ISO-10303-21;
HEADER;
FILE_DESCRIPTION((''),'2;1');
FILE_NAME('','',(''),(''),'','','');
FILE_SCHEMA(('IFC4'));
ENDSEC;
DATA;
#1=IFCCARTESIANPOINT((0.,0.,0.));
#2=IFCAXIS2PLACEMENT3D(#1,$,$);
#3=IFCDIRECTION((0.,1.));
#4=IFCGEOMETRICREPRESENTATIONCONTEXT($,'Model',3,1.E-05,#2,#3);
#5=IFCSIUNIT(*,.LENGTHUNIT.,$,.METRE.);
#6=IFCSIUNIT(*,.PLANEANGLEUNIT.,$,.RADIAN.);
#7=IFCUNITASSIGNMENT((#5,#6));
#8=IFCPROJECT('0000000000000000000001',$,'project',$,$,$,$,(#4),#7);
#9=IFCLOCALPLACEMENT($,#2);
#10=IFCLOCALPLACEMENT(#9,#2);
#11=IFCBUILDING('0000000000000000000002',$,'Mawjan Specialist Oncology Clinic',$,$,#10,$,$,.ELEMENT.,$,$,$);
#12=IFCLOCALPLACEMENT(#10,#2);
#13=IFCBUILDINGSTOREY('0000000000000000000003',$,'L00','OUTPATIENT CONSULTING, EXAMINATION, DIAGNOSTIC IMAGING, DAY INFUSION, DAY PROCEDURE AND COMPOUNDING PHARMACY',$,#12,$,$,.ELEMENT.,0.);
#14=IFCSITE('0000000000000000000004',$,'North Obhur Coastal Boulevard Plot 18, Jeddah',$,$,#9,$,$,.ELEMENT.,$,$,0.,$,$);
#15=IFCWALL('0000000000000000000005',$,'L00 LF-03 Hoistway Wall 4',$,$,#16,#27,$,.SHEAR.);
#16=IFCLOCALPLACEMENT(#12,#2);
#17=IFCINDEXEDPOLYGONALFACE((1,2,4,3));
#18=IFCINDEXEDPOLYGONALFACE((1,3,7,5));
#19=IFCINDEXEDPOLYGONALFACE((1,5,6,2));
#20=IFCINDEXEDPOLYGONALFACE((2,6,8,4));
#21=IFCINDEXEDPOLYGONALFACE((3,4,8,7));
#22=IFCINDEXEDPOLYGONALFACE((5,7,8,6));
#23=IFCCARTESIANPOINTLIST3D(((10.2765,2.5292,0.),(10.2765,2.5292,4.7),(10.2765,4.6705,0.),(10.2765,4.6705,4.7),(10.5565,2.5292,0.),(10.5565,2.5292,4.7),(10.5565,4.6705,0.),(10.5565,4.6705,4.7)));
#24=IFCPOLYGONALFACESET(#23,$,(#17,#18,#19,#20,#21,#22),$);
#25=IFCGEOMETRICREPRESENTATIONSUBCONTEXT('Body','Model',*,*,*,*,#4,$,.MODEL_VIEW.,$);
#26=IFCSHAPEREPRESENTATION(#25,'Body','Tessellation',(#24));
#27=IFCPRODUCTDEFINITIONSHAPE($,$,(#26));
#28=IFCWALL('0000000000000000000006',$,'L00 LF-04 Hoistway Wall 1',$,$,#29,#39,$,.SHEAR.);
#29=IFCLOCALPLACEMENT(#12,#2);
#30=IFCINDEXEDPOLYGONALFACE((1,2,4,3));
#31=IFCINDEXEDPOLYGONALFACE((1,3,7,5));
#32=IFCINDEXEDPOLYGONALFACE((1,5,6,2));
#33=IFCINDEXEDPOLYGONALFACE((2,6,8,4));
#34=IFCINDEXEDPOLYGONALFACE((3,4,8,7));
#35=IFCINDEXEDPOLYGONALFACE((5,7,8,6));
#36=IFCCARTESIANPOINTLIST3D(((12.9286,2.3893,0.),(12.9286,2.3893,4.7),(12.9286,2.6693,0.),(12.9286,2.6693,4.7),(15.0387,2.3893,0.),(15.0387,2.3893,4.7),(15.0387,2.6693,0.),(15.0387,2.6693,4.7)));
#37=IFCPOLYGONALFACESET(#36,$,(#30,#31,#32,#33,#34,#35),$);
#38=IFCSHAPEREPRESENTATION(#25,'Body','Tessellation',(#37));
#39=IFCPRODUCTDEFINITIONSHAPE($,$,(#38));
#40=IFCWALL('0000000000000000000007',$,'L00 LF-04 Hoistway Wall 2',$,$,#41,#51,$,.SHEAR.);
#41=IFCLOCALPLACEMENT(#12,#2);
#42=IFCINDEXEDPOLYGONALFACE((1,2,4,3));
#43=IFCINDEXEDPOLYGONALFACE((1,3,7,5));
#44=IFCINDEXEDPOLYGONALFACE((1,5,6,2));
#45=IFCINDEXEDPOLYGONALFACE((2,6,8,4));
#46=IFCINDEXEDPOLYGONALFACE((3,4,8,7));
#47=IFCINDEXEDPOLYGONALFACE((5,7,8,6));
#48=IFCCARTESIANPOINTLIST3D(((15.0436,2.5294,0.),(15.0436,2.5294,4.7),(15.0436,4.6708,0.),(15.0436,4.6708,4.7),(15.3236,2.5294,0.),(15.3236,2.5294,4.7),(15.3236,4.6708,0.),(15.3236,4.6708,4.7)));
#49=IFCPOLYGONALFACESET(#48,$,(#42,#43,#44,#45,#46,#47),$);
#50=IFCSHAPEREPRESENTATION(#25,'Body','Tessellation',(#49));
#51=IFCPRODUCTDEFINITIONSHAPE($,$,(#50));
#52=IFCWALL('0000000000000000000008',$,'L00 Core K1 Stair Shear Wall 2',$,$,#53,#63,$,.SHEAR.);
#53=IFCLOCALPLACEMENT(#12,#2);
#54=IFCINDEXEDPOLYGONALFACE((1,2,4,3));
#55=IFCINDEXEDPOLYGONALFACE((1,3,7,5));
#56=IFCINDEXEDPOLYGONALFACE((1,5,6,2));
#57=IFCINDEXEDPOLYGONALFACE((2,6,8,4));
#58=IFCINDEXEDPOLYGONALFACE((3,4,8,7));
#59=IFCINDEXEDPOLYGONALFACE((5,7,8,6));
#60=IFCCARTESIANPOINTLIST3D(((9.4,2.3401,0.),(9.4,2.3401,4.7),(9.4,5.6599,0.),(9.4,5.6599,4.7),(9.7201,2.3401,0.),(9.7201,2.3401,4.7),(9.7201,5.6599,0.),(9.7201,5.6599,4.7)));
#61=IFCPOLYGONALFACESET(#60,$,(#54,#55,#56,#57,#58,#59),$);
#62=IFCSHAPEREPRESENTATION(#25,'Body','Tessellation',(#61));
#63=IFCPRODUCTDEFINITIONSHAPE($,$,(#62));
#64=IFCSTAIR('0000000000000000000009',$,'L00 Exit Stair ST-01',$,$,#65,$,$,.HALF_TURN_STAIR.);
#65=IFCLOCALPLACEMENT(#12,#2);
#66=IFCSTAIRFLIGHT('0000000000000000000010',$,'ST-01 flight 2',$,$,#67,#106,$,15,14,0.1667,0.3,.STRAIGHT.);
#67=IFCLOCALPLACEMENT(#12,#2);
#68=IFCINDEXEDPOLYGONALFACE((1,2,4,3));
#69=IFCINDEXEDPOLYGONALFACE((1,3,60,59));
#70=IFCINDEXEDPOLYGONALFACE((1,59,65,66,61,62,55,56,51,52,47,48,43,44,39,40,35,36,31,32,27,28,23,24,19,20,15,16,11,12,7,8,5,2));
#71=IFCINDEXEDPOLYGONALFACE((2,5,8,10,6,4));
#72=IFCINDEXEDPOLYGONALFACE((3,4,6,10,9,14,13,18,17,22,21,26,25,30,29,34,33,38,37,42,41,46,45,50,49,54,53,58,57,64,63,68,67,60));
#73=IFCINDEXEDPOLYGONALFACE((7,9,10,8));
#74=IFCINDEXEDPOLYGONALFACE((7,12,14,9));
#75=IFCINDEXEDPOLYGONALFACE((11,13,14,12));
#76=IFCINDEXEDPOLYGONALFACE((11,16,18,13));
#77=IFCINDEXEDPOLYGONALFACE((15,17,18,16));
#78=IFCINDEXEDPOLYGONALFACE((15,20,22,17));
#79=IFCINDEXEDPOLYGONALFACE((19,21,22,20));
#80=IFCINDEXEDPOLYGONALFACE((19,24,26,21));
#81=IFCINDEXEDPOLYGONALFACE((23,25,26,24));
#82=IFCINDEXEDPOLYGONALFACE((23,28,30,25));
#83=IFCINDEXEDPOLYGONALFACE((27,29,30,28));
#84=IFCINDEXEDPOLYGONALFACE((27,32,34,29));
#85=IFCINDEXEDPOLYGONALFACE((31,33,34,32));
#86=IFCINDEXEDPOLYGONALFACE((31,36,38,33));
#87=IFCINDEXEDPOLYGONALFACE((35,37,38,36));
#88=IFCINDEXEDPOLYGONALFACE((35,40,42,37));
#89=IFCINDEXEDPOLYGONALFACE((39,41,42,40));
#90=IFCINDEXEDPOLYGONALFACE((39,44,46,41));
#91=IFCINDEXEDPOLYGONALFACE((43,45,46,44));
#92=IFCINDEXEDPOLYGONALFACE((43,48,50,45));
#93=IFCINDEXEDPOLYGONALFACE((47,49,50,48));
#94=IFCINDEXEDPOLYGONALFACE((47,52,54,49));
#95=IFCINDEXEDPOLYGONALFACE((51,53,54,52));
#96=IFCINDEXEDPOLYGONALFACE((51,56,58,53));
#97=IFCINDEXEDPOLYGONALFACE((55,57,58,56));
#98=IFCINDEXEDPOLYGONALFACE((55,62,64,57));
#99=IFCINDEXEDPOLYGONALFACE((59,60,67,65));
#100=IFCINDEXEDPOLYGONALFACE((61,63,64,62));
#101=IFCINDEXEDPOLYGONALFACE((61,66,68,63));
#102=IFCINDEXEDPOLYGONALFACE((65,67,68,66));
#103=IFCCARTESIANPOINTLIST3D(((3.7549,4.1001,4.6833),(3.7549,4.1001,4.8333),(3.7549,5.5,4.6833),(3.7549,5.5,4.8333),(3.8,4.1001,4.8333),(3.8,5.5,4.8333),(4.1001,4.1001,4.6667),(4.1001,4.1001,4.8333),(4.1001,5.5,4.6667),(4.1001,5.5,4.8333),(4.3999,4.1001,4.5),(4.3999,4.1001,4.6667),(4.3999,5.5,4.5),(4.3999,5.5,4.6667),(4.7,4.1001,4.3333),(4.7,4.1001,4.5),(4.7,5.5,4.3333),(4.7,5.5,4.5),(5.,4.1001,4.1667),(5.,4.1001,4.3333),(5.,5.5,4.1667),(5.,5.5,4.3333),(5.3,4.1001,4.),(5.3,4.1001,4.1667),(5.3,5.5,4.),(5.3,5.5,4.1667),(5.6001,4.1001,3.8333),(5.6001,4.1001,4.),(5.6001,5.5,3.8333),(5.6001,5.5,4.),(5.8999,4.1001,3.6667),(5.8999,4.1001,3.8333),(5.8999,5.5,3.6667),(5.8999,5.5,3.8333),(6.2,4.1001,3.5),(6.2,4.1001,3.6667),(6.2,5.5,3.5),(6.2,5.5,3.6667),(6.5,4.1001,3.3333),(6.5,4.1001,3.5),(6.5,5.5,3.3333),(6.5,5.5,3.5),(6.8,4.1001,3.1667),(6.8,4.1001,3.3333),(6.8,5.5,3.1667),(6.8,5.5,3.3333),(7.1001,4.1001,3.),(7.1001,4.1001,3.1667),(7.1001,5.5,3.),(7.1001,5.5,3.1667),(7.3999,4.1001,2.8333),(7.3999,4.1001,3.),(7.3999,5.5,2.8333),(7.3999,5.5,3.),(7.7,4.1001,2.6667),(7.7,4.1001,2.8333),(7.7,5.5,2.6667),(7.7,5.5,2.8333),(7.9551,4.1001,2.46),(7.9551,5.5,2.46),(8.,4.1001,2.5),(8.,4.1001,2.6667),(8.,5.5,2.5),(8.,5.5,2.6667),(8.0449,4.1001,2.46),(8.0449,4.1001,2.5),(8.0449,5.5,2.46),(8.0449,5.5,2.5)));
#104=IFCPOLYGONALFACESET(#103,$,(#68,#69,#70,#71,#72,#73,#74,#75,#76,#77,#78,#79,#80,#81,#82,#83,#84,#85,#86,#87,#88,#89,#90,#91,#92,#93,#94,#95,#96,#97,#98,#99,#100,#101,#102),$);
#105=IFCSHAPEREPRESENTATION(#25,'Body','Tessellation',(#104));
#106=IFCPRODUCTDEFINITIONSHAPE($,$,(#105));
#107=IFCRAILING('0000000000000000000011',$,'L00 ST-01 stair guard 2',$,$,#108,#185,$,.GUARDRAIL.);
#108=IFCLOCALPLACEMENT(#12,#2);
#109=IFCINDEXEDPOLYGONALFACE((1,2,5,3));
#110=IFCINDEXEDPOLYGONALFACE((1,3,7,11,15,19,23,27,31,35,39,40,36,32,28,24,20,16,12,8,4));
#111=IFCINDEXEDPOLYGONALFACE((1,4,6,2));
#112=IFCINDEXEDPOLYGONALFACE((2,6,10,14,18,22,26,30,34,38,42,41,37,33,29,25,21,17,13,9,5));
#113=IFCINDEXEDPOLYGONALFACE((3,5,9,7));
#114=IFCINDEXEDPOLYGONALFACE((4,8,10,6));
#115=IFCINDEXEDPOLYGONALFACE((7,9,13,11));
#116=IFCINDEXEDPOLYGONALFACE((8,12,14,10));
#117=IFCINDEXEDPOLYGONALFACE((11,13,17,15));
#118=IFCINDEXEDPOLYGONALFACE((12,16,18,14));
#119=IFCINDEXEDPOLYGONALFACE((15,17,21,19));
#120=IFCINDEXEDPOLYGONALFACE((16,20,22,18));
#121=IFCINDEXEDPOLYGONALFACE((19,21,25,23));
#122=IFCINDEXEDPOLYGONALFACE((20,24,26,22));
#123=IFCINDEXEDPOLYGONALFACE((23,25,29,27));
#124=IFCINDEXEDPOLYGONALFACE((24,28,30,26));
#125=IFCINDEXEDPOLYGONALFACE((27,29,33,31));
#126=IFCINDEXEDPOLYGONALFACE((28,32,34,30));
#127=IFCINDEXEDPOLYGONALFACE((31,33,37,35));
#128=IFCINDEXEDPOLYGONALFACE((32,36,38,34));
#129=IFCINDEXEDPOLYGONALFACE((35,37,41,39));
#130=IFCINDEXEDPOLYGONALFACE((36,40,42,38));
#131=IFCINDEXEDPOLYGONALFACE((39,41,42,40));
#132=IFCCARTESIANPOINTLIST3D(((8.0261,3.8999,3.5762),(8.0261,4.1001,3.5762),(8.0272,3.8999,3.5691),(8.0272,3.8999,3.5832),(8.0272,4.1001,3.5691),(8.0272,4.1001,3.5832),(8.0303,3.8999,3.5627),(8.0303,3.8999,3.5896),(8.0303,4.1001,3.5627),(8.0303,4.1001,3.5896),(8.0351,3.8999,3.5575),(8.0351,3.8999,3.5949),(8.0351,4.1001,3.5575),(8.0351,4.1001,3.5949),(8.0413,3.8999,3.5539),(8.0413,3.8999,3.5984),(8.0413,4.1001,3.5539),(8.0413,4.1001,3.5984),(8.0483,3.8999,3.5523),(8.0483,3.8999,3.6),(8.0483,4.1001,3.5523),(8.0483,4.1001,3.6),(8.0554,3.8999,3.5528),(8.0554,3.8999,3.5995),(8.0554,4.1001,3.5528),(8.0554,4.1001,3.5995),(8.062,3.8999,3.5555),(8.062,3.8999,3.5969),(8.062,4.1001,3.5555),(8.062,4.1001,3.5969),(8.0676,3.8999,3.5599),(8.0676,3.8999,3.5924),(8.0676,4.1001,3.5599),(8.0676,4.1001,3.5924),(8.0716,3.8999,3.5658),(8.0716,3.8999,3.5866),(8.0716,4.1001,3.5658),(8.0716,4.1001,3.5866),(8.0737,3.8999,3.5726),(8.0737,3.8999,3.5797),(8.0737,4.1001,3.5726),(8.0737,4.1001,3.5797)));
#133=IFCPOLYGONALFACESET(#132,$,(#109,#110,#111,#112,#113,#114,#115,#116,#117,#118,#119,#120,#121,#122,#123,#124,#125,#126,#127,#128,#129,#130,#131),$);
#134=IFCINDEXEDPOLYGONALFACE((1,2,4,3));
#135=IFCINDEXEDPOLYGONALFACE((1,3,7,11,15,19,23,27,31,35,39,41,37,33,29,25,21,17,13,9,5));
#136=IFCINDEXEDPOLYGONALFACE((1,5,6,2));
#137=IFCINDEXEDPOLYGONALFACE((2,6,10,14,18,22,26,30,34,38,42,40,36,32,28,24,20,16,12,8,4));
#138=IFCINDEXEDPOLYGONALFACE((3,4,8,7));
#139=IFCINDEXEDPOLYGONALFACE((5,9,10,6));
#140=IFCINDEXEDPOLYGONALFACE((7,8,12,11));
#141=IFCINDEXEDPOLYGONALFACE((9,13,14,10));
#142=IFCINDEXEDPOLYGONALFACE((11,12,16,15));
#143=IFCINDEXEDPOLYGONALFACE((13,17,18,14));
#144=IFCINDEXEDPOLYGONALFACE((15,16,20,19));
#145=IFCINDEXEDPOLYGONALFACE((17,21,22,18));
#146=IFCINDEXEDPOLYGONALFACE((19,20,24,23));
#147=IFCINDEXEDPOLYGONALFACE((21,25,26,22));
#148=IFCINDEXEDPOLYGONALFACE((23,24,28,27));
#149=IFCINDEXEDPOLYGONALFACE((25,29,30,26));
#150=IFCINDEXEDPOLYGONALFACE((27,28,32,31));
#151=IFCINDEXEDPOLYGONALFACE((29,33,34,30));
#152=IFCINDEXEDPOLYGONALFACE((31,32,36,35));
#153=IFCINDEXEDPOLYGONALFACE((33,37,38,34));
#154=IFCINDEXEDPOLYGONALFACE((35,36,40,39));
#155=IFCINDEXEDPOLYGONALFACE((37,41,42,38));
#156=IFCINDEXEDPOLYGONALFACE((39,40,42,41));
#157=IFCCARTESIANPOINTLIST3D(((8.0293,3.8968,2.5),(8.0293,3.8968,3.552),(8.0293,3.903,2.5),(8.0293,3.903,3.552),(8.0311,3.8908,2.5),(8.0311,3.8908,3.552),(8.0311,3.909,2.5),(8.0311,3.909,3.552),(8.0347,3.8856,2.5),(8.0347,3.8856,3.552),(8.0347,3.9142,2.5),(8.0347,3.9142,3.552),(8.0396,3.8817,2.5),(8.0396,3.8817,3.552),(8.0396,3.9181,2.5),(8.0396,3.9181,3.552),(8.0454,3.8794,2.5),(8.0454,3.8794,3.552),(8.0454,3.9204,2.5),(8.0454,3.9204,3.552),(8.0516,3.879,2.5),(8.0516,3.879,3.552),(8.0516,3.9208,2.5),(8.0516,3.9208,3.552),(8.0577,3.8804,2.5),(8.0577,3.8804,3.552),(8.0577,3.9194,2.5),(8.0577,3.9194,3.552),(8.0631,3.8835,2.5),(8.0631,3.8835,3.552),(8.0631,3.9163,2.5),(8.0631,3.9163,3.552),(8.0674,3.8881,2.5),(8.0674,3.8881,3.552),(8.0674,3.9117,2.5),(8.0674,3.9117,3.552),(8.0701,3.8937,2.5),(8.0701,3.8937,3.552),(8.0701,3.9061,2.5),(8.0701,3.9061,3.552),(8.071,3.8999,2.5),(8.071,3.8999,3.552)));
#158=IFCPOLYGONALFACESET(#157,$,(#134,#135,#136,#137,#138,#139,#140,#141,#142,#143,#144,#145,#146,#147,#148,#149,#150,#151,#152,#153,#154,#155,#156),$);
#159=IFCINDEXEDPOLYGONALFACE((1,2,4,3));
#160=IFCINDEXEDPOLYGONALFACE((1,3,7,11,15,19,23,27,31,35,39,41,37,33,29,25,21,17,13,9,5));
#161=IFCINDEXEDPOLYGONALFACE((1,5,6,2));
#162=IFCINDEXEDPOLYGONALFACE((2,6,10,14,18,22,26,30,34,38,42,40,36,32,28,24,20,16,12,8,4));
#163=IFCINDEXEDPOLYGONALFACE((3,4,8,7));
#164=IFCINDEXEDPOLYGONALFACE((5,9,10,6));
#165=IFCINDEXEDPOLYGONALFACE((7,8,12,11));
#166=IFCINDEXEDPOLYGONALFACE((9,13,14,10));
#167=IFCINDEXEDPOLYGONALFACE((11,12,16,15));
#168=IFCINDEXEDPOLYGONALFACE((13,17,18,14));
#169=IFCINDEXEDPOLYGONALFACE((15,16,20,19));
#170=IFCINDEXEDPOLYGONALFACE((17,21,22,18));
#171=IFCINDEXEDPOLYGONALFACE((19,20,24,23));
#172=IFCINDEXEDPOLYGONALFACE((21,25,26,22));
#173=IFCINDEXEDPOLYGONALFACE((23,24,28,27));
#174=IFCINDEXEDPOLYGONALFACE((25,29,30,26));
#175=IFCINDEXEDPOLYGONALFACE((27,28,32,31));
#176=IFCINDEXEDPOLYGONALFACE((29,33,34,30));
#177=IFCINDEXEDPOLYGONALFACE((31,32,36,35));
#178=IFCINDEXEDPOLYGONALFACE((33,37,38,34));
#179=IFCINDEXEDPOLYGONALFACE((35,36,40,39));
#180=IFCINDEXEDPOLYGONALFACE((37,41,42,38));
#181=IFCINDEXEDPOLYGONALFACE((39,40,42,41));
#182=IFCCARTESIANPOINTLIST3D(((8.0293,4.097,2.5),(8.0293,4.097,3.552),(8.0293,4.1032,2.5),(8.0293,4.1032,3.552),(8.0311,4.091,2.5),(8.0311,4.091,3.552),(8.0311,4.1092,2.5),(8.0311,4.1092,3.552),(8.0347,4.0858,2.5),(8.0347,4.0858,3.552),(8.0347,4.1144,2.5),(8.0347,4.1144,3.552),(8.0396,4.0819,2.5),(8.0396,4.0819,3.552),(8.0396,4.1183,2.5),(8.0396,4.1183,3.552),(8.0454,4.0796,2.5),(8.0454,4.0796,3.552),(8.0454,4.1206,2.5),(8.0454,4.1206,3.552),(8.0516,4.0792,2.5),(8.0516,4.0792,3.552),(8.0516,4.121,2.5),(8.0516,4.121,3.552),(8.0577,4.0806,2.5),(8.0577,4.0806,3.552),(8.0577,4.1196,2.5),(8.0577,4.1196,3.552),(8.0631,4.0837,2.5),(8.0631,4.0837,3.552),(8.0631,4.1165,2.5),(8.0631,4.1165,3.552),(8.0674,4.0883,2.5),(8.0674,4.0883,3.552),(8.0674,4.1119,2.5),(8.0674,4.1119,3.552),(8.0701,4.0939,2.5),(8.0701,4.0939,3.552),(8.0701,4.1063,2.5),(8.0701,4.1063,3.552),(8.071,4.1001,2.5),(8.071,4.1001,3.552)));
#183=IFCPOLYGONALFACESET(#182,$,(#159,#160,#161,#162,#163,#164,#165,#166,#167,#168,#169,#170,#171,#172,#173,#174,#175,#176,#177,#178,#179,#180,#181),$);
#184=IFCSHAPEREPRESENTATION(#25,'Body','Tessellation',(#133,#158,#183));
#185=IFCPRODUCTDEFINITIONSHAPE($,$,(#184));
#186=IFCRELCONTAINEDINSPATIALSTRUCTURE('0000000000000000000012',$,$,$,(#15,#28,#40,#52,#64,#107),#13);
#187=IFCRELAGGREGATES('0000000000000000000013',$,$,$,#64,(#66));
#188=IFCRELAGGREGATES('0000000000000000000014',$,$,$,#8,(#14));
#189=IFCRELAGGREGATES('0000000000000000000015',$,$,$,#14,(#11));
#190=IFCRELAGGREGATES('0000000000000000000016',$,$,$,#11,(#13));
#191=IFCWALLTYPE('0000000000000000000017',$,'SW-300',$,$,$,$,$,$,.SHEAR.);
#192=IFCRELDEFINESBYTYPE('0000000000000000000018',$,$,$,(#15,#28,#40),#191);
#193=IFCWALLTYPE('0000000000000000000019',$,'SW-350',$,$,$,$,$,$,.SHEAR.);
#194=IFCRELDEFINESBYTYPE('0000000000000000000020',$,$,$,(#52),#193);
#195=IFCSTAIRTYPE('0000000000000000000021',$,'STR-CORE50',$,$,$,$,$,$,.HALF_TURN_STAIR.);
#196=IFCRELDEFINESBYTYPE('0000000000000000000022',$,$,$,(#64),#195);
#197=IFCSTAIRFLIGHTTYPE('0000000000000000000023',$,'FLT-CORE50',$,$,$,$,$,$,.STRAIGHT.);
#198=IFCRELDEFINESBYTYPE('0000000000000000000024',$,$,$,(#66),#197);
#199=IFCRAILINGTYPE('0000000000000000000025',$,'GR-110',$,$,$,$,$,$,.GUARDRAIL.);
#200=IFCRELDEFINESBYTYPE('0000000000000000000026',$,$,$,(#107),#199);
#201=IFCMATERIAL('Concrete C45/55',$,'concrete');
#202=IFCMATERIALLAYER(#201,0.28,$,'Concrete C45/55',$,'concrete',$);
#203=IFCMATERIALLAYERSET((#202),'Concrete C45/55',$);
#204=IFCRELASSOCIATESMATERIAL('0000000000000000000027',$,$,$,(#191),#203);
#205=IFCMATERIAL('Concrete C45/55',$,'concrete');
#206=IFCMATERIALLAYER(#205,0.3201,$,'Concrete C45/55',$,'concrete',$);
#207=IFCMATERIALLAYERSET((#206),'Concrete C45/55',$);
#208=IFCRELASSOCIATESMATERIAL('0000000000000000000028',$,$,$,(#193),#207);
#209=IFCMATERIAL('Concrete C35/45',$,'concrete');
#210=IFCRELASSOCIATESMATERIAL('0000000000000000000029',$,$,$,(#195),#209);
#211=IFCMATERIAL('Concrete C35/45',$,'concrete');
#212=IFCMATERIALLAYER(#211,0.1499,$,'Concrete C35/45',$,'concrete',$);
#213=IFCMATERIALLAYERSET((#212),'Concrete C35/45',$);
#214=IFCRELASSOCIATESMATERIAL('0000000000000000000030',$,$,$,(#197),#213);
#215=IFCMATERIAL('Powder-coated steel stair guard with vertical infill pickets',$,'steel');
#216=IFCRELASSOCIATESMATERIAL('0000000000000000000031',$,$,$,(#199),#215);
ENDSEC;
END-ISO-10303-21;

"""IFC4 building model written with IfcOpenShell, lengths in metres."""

from ifc_helpers import new_model, si_unit, direction, frame, frame_2d, origin, origin_2d, place, context, subcontext, project, spatial, polyline, rectangle, circle, outline, extrude, material, layer, layer_set, type_object, element, aggregate, save


model = new_model("IFC4")

# Units and contexts
model_context = context("Model", 3, precision=1e-05, world=origin(), true_north=direction((0.0, 1.0)))
body_context = subcontext(model_context, "Body", "Model", "MODEL_VIEW")
ifc_project = project(units=[si_unit("LENGTHUNIT", "METRE"), si_unit("PLANEANGLEUNIT", "RADIAN")], contexts=[model_context])

# Site, building, storey
site_placement = place(None, origin())
site = spatial("IfcSite", under=ifc_project, at=site_placement, Name="North Obhur Coastal Boulevard Plot 18, Jeddah", CompositionType="ELEMENT", RefElevation=0.0)
building_placement = place(site_placement, origin())
building = spatial("IfcBuilding", under=site, at=building_placement, Name="Mawjan Specialist Oncology Clinic", CompositionType="ELEMENT")
storey_placement = place(building_placement, origin())
storey = spatial("IfcBuildingStorey", under=building, at=storey_placement, Name="L00", Description="OUTPATIENT CONSULTING, EXAMINATION, DIAGNOSTIC IMAGING, DAY INFUSION, DAY PROCEDURE AND COMPOUNDING PHARMACY", CompositionType="ELEMENT", Elevation=0.0)

# Shared definitions
ifc_material_1 = material(Name="Concrete C45/55", Category="concrete")
ifc_layer_1 = layer(ifc_material_1, 0.28, Name="Concrete C45/55", Category="concrete")
ifc_layer_set_1 = layer_set([ifc_layer_1], Name="Concrete C45/55")
wall_type_1 = type_object("IfcWallType", Name="SW-300", PredefinedType="SHEAR", material=ifc_layer_set_1)

# Walls
wall_1_placement = place(storey_placement, frame((10.4165, 4.6707, 0.0), z_axis=(0.0, 0.0, 1.0), x_axis=(0.0, -1.0, 0.0)))
element("IfcWall", 1, at=wall_1_placement, inside=storey, type_object=wall_type_1, Name="L00 LF-03 Hoistway Wall 4", PredefinedType="SHEAR", context=body_context, shape_type="SweptSolid", body=[
    extrude(rectangle(XDim=2.1414, YDim=0.28, at=frame_2d((1.0708, 0.0))), origin(), (0.0, 0.0, 1.0), 4.7),
])
wall_2_placement = place(storey_placement, frame((12.9285, 2.5293, 0.0), z_axis=(0.0, 0.0, 1.0), x_axis=(1.0, 0.0, 0.0)))
element("IfcWall", 2, at=wall_2_placement, inside=storey, type_object=wall_type_1, Name="L00 LF-04 Hoistway Wall 1", PredefinedType="SHEAR", context=body_context, shape_type="SweptSolid", body=[
    extrude(rectangle(XDim=2.1101, YDim=0.28, at=frame_2d((1.0552, 0.0))), origin(), (0.0, 0.0, 1.0), 4.7),
])
wall_3_placement = place(storey_placement, frame((15.1836, 2.5293, 0.0), z_axis=(0.0, 0.0, 1.0), x_axis=(0.0, 1.0, 0.0)))
element("IfcWall", 3, at=wall_3_placement, inside=storey, type_object=wall_type_1, Name="L00 LF-04 Hoistway Wall 2", PredefinedType="SHEAR", context=body_context, shape_type="SweptSolid", body=[
    extrude(rectangle(XDim=2.1414, YDim=0.28, at=frame_2d((1.0708, 0.0))), origin(), (0.0, 0.0, 1.0), 4.7),
])

# Wall
ifc_material_2 = material(Name="Concrete C45/55", Category="concrete")
ifc_layer_2 = layer(ifc_material_2, 0.3201, Name="Concrete C45/55", Category="concrete")
ifc_layer_set_2 = layer_set([ifc_layer_2], Name="Concrete C45/55")
wall_type_2 = type_object("IfcWallType", Name="SW-350", PredefinedType="SHEAR", material=ifc_layer_set_2)
wall_4_placement = place(storey_placement, frame((9.5601, 2.3401, 0.0), z_axis=(0.0, 0.0, 1.0), x_axis=(0.0, 1.0, 0.0)))
element("IfcWall", 4, at=wall_4_placement, inside=storey, type_object=wall_type_2, Name="L00 Core K1 Stair Shear Wall 2", PredefinedType="SHEAR", context=body_context, shape_type="SweptSolid", body=[
    extrude(rectangle(XDim=3.3198, YDim=0.3201, at=frame_2d((1.6599, 0.0))), origin(), (0.0, 0.0, 1.0), 4.7),
])

# Stair, stair flight
ifc_material_3 = material(Name="Concrete C35/45", Category="concrete")
stair_type = type_object("IfcStairType", Name="STR-CORE50", PredefinedType="HALF_TURN_STAIR", material=ifc_material_3)
stair_placement = place(storey_placement, origin())
stair = element("IfcStair", 5, at=stair_placement, inside=storey, type_object=stair_type, Name="L00 Exit Stair ST-01", PredefinedType="HALF_TURN_STAIR")
ifc_material_4 = material(Name="Concrete C35/45", Category="concrete")
ifc_layer_3 = layer(ifc_material_4, 0.1499, Name="Concrete C35/45", Category="concrete")
ifc_layer_set_3 = layer_set([ifc_layer_3], Name="Concrete C35/45")
stair_flight_type = type_object("IfcStairFlightType", Name="FLT-CORE50", PredefinedType="STRAIGHT", material=ifc_layer_set_3)
stair_flight_placement = place(storey_placement, frame((8.0, 4.8, 2.5), z_axis=(0.0, 0.0, 1.0), x_axis=(-1.0, 0.0, 0.0)))
stair_flight = element("IfcStairFlight", 6, at=stair_flight_placement, type_object=stair_flight_type, Name="ST-01 flight 2", NumberOfRisers=15, NumberOfTreads=14, PredefinedType="STRAIGHT", RiserHeight=0.1667, TreadLength=0.3, context=body_context, shape_type="SweptSolid", body=[
    extrude(outline(polyline([(-0.0449, -0.04), (-0.0449, 0.0), (0.0, 0.0), (0.0, 0.1667), (0.3, 0.1667), (0.3, 0.3333), (0.6001, 0.3333), (0.6001, 0.5), (0.8999, 0.5), (0.8999, 0.6667), (1.2, 0.6667), (1.2, 0.8333), (1.5, 0.8333), (1.5, 1.0), (1.8, 1.0), (1.8, 1.1667), (2.1001, 1.1667), (2.1001, 1.3333), (2.3999, 1.3333), (2.3999, 1.5), (2.7, 1.5), (2.7, 1.6667), (3.0, 1.6667), (3.0, 1.8333), (3.3, 1.8333), (3.3, 2.0), (3.6001, 2.0), (3.6001, 2.1667), (3.8999, 2.1667), (3.8999, 2.3333), (4.2, 2.3333), (4.2451, 2.3333), (4.2451, 2.1833), (0.0449, -0.04), (-0.0449, -0.04)])), frame((0.0, 0.7, 0.0), z_axis=(0.0, -1.0, 0.0), x_axis=(1.0, 0.0, 0.0)), (0.0, 0.0, 1.0), 1.3999),
])
aggregate(stair, [stair_flight])

# Railing
ifc_material_5 = material(Name="Powder-coated steel stair guard with vertical infill pickets", Category="steel")
railing_type = type_object("IfcRailingType", Name="GR-110", PredefinedType="GUARDRAIL", material=ifc_material_5)
railing_1_placement = place(storey_placement, frame((8.05, 3.8999, 2.5)))
element("IfcRailing", 7, at=railing_1_placement, inside=storey, type_object=railing_type, Name="L00 ST-01 stair guard 2", PredefinedType="GUARDRAIL", context=body_context, shape_type="SweptSolid", body=[
    extrude(circle(Radius=0.0239, at=origin_2d()), frame((0.0, 0.0, 1.0762), z_axis=(0.0, 1.0, 0.0), x_axis=(-1.0, 0.0, 0.0)), (0.0, 0.0, 1.0), 0.2002),
    extrude(circle(Radius=0.021, at=origin_2d()), origin(), (0.0, 0.0, 1.0), 1.052),
    extrude(circle(Radius=0.021, at=origin_2d()), frame((0.0, 0.2002, 0.0)), (0.0, 0.0, 1.0), 1.052),
])

save(model, "model.ifc")
